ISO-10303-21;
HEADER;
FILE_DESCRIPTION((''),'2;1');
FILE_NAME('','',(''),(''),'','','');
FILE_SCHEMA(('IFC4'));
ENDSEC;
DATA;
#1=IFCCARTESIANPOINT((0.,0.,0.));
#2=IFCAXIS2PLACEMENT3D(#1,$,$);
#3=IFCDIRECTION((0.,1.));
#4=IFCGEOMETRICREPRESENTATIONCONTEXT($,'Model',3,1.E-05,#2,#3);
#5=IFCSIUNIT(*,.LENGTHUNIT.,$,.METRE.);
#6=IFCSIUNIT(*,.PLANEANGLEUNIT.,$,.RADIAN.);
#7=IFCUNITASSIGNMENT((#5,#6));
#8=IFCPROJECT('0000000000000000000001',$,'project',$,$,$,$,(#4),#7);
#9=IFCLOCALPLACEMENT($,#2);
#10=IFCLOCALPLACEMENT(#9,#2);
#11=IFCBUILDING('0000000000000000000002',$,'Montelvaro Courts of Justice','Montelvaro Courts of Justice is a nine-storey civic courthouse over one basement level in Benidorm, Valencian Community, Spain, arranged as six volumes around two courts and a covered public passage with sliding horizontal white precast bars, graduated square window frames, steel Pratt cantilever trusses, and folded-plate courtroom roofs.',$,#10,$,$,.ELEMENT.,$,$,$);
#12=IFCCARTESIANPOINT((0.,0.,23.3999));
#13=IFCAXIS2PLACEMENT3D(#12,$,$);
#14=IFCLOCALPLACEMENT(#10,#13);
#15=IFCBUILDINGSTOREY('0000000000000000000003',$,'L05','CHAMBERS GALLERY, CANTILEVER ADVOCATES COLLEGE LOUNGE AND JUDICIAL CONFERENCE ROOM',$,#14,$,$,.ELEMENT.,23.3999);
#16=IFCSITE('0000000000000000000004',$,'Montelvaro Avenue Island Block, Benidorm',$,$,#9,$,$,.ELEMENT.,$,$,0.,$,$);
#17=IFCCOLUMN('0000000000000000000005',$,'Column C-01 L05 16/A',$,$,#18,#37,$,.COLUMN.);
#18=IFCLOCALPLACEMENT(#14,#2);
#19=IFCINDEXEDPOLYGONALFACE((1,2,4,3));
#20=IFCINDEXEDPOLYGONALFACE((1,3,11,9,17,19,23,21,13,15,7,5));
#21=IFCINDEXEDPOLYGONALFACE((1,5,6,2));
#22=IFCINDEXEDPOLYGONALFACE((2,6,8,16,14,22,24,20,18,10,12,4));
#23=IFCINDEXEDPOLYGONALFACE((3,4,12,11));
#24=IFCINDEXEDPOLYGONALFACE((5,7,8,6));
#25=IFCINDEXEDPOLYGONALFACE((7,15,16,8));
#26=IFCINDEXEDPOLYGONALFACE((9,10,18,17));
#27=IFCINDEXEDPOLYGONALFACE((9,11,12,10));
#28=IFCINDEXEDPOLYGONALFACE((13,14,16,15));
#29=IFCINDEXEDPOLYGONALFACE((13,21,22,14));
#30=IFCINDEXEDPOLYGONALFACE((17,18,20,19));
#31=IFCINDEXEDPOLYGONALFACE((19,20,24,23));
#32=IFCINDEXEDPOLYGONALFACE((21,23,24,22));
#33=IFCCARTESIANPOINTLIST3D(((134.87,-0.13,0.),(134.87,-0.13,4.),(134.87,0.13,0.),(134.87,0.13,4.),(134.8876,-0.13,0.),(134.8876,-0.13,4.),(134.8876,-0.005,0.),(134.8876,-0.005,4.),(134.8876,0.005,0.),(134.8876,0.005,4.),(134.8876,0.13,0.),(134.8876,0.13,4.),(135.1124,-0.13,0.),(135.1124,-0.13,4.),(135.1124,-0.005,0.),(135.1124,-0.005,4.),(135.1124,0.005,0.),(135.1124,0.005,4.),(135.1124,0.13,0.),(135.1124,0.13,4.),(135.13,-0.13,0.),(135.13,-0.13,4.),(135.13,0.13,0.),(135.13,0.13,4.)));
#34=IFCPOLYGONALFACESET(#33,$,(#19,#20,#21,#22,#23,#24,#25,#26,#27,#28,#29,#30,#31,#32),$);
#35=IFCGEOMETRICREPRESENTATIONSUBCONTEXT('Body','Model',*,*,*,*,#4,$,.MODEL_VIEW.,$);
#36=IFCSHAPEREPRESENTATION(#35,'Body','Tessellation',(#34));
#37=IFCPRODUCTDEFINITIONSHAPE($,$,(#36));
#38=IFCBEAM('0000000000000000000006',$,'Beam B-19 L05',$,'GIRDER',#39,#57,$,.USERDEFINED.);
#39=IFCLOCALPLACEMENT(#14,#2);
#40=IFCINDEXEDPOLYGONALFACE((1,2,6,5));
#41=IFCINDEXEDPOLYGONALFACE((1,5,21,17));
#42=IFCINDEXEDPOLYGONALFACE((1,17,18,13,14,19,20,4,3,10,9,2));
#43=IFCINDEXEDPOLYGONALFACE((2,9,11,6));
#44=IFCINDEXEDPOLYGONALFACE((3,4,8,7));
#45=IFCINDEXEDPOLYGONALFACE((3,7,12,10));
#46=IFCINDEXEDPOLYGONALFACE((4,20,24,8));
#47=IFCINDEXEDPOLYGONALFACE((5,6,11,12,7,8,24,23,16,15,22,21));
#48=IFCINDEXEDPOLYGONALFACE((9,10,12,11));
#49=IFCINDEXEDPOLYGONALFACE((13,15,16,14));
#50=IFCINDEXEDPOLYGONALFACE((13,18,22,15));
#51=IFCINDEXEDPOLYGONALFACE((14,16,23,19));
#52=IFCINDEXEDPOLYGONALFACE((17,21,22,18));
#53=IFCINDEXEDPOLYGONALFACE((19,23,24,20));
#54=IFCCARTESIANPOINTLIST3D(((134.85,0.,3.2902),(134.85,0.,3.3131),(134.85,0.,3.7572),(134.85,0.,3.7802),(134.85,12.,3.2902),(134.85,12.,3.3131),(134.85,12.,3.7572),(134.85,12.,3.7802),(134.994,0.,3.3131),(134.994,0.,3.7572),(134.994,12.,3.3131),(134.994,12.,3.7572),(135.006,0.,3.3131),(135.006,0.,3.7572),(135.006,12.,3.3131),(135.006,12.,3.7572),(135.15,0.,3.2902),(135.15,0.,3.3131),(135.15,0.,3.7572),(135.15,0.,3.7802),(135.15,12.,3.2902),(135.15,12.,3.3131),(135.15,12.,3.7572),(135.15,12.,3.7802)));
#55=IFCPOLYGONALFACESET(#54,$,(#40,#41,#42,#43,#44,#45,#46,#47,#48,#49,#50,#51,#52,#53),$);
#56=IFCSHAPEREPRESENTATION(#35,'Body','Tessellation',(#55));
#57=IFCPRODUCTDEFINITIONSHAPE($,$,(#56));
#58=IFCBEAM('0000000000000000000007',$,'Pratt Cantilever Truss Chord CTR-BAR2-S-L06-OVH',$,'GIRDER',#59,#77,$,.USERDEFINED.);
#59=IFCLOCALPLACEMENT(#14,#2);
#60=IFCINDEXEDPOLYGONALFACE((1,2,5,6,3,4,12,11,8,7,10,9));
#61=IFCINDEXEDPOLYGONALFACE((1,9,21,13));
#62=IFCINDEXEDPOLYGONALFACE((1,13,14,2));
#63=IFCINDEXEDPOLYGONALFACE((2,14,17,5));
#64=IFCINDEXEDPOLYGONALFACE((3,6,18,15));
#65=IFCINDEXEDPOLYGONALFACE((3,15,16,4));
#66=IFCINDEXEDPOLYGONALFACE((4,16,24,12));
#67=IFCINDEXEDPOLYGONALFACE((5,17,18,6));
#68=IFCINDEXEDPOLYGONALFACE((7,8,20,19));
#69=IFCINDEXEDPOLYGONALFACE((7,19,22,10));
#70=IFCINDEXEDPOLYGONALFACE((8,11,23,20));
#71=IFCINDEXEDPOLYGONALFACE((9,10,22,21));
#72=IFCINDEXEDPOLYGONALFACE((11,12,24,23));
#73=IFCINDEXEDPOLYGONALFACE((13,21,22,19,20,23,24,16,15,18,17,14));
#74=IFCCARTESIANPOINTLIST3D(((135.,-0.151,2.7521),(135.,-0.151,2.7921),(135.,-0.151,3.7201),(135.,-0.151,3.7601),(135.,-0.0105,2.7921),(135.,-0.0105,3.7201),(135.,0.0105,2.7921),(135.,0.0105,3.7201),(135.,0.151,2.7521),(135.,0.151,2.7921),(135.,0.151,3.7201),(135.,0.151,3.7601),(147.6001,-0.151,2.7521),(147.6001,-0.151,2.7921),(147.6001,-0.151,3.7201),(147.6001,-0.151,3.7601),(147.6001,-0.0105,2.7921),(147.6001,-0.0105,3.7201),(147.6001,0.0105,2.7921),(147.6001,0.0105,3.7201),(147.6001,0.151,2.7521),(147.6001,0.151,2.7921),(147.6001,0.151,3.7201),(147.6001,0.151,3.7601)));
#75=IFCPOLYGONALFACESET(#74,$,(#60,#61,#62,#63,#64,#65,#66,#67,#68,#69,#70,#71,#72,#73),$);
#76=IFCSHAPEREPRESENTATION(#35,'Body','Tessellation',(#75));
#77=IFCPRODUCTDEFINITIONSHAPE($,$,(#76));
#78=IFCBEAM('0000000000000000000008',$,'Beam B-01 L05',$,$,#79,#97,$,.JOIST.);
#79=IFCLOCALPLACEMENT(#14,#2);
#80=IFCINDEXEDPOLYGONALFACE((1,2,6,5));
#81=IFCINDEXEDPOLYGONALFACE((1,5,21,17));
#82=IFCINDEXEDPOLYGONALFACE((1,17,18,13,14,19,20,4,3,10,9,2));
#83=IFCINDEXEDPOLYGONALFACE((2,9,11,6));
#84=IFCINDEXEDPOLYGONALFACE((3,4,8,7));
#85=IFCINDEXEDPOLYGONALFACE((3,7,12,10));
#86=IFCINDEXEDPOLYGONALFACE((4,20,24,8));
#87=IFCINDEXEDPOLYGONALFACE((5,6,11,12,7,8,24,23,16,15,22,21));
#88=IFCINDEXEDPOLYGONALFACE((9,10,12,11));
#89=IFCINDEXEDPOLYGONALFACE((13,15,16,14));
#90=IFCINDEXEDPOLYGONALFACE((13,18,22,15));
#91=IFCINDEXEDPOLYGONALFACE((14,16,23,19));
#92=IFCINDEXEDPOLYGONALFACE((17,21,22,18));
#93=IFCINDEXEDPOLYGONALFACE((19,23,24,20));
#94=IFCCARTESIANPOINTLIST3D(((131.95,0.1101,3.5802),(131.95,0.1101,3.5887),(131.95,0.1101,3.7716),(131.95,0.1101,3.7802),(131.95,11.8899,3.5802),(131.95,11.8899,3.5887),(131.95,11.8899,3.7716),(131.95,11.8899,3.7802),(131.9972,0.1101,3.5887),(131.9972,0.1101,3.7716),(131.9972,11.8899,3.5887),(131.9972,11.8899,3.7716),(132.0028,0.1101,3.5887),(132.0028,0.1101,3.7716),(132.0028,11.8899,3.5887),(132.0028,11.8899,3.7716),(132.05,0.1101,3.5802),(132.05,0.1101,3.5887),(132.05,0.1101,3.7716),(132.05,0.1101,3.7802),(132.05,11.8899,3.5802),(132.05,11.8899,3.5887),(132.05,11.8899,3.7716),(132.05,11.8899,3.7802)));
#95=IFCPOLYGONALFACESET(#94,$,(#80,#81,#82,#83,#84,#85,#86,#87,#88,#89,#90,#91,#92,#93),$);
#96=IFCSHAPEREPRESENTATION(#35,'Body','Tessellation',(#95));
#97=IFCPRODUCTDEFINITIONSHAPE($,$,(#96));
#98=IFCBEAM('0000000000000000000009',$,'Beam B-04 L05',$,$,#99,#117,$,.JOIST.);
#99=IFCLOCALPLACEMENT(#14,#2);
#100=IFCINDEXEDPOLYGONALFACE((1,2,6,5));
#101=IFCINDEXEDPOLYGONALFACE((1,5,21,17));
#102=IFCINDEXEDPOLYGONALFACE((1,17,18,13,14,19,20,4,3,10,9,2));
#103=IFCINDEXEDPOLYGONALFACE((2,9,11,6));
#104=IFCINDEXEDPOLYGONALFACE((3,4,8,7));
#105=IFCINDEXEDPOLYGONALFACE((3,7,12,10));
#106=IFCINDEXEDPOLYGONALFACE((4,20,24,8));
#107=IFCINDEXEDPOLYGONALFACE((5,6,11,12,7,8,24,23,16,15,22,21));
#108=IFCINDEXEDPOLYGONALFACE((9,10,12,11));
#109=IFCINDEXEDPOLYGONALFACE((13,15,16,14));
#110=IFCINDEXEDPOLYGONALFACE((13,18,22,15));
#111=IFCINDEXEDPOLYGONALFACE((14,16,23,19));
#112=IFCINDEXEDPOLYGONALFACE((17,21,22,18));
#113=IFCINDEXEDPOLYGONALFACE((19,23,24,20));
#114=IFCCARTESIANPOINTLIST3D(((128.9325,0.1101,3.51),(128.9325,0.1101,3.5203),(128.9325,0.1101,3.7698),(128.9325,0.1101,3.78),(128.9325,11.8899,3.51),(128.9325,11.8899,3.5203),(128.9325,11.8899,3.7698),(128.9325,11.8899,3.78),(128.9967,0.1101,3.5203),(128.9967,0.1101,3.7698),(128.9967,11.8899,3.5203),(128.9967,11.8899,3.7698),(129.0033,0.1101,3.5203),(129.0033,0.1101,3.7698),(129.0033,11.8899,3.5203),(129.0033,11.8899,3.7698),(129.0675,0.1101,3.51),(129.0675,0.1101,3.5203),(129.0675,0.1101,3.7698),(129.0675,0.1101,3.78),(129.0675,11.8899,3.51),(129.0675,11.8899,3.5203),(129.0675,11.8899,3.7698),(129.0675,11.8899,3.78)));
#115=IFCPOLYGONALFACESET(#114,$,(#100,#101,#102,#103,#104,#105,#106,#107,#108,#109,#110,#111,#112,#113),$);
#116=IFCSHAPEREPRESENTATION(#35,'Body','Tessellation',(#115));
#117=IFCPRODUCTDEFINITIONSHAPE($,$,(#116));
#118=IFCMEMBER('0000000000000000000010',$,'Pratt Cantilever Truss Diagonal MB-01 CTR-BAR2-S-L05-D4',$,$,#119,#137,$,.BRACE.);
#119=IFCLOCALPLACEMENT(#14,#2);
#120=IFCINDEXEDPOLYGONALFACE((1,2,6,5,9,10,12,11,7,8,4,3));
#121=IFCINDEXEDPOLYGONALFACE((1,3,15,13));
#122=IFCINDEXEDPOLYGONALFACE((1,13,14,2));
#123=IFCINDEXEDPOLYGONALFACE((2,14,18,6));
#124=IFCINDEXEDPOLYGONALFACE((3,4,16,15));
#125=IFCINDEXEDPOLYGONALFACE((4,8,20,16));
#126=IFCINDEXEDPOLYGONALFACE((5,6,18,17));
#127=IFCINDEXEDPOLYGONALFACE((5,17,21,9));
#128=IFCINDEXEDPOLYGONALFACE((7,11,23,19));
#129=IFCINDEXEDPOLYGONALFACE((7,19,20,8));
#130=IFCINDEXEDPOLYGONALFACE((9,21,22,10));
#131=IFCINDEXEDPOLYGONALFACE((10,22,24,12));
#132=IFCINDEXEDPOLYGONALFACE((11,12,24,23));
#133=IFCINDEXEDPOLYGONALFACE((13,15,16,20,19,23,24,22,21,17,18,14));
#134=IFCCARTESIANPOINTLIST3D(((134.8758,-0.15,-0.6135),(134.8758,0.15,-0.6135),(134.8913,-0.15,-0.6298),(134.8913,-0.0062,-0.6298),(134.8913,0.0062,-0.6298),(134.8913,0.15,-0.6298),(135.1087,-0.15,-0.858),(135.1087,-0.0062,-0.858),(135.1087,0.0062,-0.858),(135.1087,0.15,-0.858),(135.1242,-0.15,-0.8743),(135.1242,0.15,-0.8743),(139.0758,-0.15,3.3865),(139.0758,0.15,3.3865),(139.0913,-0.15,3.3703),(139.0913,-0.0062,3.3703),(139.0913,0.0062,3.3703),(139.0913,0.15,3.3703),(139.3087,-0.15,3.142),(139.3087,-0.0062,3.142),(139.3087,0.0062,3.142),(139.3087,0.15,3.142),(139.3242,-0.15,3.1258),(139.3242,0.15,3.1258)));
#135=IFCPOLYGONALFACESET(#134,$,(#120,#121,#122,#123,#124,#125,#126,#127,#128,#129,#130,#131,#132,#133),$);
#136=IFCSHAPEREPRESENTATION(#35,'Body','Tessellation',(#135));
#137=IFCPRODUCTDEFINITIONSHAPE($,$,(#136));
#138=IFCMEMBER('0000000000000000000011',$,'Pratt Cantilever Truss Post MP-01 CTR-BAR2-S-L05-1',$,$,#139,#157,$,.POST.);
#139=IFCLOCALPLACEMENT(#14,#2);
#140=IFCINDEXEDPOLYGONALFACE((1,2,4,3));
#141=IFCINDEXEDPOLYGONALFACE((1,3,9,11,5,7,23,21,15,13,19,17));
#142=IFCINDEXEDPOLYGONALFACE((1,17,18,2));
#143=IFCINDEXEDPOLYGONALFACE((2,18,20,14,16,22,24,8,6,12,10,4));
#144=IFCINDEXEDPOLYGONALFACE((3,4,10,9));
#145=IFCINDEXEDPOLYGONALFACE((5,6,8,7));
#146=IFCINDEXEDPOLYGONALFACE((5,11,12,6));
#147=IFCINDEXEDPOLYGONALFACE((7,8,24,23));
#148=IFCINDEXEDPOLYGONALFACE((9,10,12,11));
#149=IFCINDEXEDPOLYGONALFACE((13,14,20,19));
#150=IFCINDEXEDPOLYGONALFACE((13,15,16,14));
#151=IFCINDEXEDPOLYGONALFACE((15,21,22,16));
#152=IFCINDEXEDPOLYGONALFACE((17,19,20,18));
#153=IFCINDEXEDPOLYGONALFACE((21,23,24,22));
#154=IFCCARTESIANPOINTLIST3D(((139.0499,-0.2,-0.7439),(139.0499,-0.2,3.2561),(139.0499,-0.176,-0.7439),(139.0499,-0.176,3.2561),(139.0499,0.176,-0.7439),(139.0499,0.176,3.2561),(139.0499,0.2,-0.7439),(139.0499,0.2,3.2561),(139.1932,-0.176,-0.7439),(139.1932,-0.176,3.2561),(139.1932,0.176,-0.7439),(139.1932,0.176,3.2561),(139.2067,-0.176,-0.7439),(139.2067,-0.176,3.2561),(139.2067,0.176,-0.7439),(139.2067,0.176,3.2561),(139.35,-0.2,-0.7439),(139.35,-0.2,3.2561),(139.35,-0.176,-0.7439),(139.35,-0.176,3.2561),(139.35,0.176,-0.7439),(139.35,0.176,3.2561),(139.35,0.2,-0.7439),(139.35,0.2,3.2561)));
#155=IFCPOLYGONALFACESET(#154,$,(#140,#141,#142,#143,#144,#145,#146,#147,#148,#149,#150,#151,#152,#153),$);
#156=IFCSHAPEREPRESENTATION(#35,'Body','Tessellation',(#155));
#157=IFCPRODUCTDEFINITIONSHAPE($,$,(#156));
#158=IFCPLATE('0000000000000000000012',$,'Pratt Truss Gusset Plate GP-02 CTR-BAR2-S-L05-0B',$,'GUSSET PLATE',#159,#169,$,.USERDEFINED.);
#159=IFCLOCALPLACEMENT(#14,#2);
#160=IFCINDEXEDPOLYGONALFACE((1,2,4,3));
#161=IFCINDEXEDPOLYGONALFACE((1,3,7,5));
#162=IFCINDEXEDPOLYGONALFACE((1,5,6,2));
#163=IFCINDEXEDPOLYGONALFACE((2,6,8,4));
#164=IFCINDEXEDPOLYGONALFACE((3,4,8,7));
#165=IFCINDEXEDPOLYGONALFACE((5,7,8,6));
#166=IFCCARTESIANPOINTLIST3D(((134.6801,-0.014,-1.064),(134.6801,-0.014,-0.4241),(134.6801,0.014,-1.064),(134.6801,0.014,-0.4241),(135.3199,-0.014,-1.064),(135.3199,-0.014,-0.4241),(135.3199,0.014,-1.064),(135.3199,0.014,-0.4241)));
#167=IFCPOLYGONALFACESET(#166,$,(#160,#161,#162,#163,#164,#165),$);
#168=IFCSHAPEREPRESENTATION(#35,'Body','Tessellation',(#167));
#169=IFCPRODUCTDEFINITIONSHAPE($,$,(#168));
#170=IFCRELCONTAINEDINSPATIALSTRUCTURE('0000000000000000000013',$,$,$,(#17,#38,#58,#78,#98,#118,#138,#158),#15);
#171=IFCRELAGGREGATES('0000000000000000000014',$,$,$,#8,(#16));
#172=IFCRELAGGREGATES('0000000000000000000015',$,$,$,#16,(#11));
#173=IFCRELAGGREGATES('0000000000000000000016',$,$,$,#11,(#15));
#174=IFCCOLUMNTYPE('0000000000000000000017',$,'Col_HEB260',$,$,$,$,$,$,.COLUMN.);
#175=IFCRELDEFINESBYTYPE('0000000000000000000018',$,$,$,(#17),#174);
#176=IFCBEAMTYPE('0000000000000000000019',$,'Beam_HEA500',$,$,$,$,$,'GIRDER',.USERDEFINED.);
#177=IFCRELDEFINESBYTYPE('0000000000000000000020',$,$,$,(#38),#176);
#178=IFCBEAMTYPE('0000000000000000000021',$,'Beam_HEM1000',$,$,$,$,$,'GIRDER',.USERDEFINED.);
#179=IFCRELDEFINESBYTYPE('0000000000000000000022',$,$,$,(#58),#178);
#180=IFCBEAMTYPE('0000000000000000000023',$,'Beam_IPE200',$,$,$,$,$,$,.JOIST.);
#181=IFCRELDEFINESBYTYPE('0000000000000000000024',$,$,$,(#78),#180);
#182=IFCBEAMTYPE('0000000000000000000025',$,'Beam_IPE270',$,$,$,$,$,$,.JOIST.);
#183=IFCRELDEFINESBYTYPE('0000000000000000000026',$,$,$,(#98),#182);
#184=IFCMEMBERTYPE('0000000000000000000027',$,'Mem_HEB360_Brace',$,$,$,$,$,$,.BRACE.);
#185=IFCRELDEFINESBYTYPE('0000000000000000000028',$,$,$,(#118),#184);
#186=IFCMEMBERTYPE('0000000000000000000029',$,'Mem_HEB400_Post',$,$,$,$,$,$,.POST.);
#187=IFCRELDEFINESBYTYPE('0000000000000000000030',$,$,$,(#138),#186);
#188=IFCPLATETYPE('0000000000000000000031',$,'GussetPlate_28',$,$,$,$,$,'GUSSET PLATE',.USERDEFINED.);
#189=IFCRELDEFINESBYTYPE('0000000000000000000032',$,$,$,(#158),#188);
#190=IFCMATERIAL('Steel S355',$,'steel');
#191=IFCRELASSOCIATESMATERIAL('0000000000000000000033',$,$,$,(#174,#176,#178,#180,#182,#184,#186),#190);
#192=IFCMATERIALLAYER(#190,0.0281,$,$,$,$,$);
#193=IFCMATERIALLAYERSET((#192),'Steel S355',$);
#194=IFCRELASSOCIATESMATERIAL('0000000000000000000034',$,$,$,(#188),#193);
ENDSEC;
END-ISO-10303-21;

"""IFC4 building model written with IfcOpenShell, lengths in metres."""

from ifc_helpers import new_model, si_unit, direction, frame, origin, origin_2d, place, context, subcontext, project, spatial, rectangle, i_section, extrude, material, layer, layer_set, material_profile, profile_set, type_object, element, save


model = new_model("IFC4")

# Units and contexts
model_context = context("Model", 3, precision=1e-05, world=origin(), true_north=direction((0.0, 1.0)))
body_context = subcontext(model_context, "Body", "Model", "MODEL_VIEW")
ifc_project = project(units=[si_unit("LENGTHUNIT", "METRE"), si_unit("PLANEANGLEUNIT", "RADIAN")], contexts=[model_context])

# Site, building, storey
site_placement = place(None, origin())
site = spatial("IfcSite", under=ifc_project, at=site_placement, Name="Montelvaro Avenue Island Block, Benidorm", CompositionType="ELEMENT", RefElevation=0.0)
building_placement = place(site_placement, origin())
building = spatial("IfcBuilding", under=site, at=building_placement, Name="Montelvaro Courts of Justice", Description="Montelvaro Courts of Justice is a nine-storey civic courthouse over one basement level in Benidorm, Valencian Community, Spain, arranged as six volumes around two courts and a covered public passage with sliding horizontal white precast bars, graduated square window frames, steel Pratt cantilever trusses, and folded-plate courtroom roofs.", CompositionType="ELEMENT")
storey_placement = place(building_placement, frame((0.0, 0.0, 23.3999)))
storey = spatial("IfcBuildingStorey", under=building, at=storey_placement, Name="L05", Description="CHAMBERS GALLERY, CANTILEVER ADVOCATES COLLEGE LOUNGE AND JUDICIAL CONFERENCE ROOM", CompositionType="ELEMENT", Elevation=23.3999)

# Column
ifc_material_1 = material(Name="Steel S355", Category="steel")
ifc_material_profile_1 = material_profile(ifc_material_1, i_section(OverallWidth=0.26, OverallDepth=0.26, WebThickness=0.01, FlangeThickness=0.0176, at=origin_2d()), Name="HEB 260")
ifc_profile_set_1 = profile_set([ifc_material_profile_1], Name="Steel S355")
column_type = type_object("IfcColumnType", Name="Col_HEB260", PredefinedType="COLUMN", material=ifc_profile_set_1)
column_placement = place(storey_placement, frame((135.0, 0.0, 0.0), z_axis=(0.0, 0.0, 1.0), x_axis=(0.0, 1.0, 0.0)))
element("IfcColumn", 1, at=column_placement, inside=storey, type_object=column_type, Name="Column C-01 L05 16/A", PredefinedType="COLUMN", context=body_context, shape_type="SweptSolid", body=[
    extrude(i_section(OverallWidth=0.26, OverallDepth=0.26, WebThickness=0.01, FlangeThickness=0.0176, at=origin_2d()), origin(), (0.0, 0.0, 1.0), 4.0),
])

# Beams
ifc_material_profile_2 = material_profile(ifc_material_1, i_section(OverallWidth=0.3, OverallDepth=0.49, WebThickness=0.012, FlangeThickness=0.0229, at=origin_2d()), Name="HEA 500")
ifc_profile_set_2 = profile_set([ifc_material_profile_2], Name="Steel S355")
beam_type_1 = type_object("IfcBeamType", Name="Beam_HEA500", ElementType="GIRDER", PredefinedType="USERDEFINED", material=ifc_profile_set_2)
beam_1_placement = place(storey_placement, frame((135.0, 0.0, 3.5352), z_axis=(0.0, 1.0, 0.0), x_axis=(-1.0, 0.0, 0.0)))
element("IfcBeam", 2, at=beam_1_placement, inside=storey, type_object=beam_type_1, Name="Beam B-19 L05", ObjectType="GIRDER", PredefinedType="USERDEFINED", context=body_context, shape_type="SweptSolid", body=[
    extrude(i_section(OverallWidth=0.3, OverallDepth=0.49, WebThickness=0.012, FlangeThickness=0.0229, at=origin_2d()), origin(), (0.0, 0.0, 1.0), 12.0),
])
ifc_material_profile_3 = material_profile(ifc_material_1, i_section(OverallWidth=0.302, OverallDepth=1.0081, WebThickness=0.021, FlangeThickness=0.04, at=origin_2d()), Name="HEM 1000")
ifc_profile_set_3 = profile_set([ifc_material_profile_3], Name="Steel S355")
beam_type_2 = type_object("IfcBeamType", Name="Beam_HEM1000", ElementType="GIRDER", PredefinedType="USERDEFINED", material=ifc_profile_set_3)
beam_2_placement = place(storey_placement, frame((135.0, 0.0, 3.2561), z_axis=(1.0, 0.0, 0.0), x_axis=(0.0, 1.0, 0.0)))
element("IfcBeam", 3, at=beam_2_placement, inside=storey, type_object=beam_type_2, Name="Pratt Cantilever Truss Chord CTR-BAR2-S-L06-OVH", ObjectType="GIRDER", PredefinedType="USERDEFINED", context=body_context, shape_type="SweptSolid", body=[
    extrude(i_section(OverallWidth=0.302, OverallDepth=1.0081, WebThickness=0.021, FlangeThickness=0.04, at=origin_2d()), origin(), (0.0, 0.0, 1.0), 12.6001),
])
ifc_material_profile_4 = material_profile(ifc_material_1, i_section(OverallWidth=0.1001, OverallDepth=0.2, WebThickness=0.0056, FlangeThickness=0.0085, at=origin_2d()), Name="IPE 200")
ifc_profile_set_4 = profile_set([ifc_material_profile_4], Name="Steel S355")
beam_type_3 = type_object("IfcBeamType", Name="Beam_IPE200", PredefinedType="JOIST", material=ifc_profile_set_4)
beam_3_placement = place(storey_placement, frame((132.0, 0.1101, 3.6802), z_axis=(0.0, 1.0, 0.0), x_axis=(-1.0, 0.0, 0.0)))
element("IfcBeam", 4, at=beam_3_placement, inside=storey, type_object=beam_type_3, Name="Beam B-01 L05", PredefinedType="JOIST", context=body_context, shape_type="SweptSolid", body=[
    extrude(i_section(OverallWidth=0.1001, OverallDepth=0.2, WebThickness=0.0056, FlangeThickness=0.0085, at=origin_2d()), origin(), (0.0, 0.0, 1.0), 11.7798),
])
ifc_material_profile_5 = material_profile(ifc_material_1, i_section(OverallWidth=0.135, OverallDepth=0.27, WebThickness=0.0066, FlangeThickness=0.0103, at=origin_2d()), Name="IPE 270")
ifc_profile_set_5 = profile_set([ifc_material_profile_5], Name="Steel S355")
beam_type_4 = type_object("IfcBeamType", Name="Beam_IPE270", PredefinedType="JOIST", material=ifc_profile_set_5)
beam_4_placement = place(storey_placement, frame((129.0, 0.1101, 3.645), z_axis=(0.0, 1.0, 0.0), x_axis=(-1.0, 0.0, 0.0)))
element("IfcBeam", 5, at=beam_4_placement, inside=storey, type_object=beam_type_4, Name="Beam B-04 L05", PredefinedType="JOIST", context=body_context, shape_type="SweptSolid", body=[
    extrude(i_section(OverallWidth=0.135, OverallDepth=0.27, WebThickness=0.0066, FlangeThickness=0.0103, at=origin_2d()), origin(), (0.0, 0.0, 1.0), 11.7798),
])

# Members
ifc_material_profile_6 = material_profile(ifc_material_1, i_section(OverallWidth=0.3, OverallDepth=0.3601, WebThickness=0.0125, FlangeThickness=0.0225, at=origin_2d()), Name="HEB 360")
ifc_profile_set_6 = profile_set([ifc_material_profile_6], Name="Steel S355")
member_type_1 = type_object("IfcMemberType", Name="Mem_HEB360_Brace", PredefinedType="BRACE", material=ifc_profile_set_6)
member_1_placement = place(storey_placement, frame((135.0, 0.0, -0.7439), z_axis=(0.724134, 0.0, 0.689659), x_axis=(0.0, 1.0, 0.0)))
element("IfcMember", 6, at=member_1_placement, inside=storey, type_object=member_type_1, Name="Pratt Cantilever Truss Diagonal MB-01 CTR-BAR2-S-L05-D4", PredefinedType="BRACE", context=body_context, shape_type="SweptSolid", body=[
    extrude(i_section(OverallWidth=0.3, OverallDepth=0.3601, WebThickness=0.0125, FlangeThickness=0.0225, at=origin_2d()), origin(), (0.0, 0.0, 1.0), 5.8),
])
ifc_material_profile_7 = material_profile(ifc_material_1, i_section(OverallWidth=0.3, OverallDepth=0.3999, WebThickness=0.0134, FlangeThickness=0.0239, at=origin_2d()), Name="HEB 400")
ifc_profile_set_7 = profile_set([ifc_material_profile_7], Name="Steel S355")
member_type_2 = type_object("IfcMemberType", Name="Mem_HEB400_Post", PredefinedType="POST", material=ifc_profile_set_7)
member_2_placement = place(storey_placement, frame((139.2, 0.0, -0.7439), z_axis=(0.0, 0.0, 1.0), x_axis=(1.0, 0.0, 0.0)))
element("IfcMember", 7, at=member_2_placement, inside=storey, type_object=member_type_2, Name="Pratt Cantilever Truss Post MP-01 CTR-BAR2-S-L05-1", PredefinedType="POST", context=body_context, shape_type="SweptSolid", body=[
    extrude(i_section(OverallWidth=0.3, OverallDepth=0.3999, WebThickness=0.0134, FlangeThickness=0.0239, at=origin_2d()), origin(), (0.0, 0.0, 1.0), 4.0),
])

# Plate
ifc_layer_1 = layer(ifc_material_1, 0.0281)
ifc_layer_set_1 = layer_set([ifc_layer_1], Name="Steel S355")
plate_type_1 = type_object("IfcPlateType", Name="GussetPlate_28", ElementType="GUSSET PLATE", PredefinedType="USERDEFINED", material=ifc_layer_set_1)
for number, where, z_axis, x_axis, name in (
    (8, (135.0, 0.0, -1.064), (0.0, 0.0, 1.0), (1.0, 0.0, 0.0), "Pratt Truss Gusset Plate GP-02 CTR-BAR2-S-L05-0B"),
):
    element("IfcPlate", number, at=place(storey_placement, frame(where, z_axis=z_axis, x_axis=x_axis)), inside=storey, type_object=plate_type_1, Name=name, ObjectType="GUSSET PLATE", PredefinedType="USERDEFINED", context=body_context, shape_type="SweptSolid", body=[
        extrude(rectangle(XDim=0.6399, YDim=0.0281, at=origin_2d()), origin(), (0.0, 0.0, 1.0), 0.6399),
    ])

save(model, "model.ifc")
